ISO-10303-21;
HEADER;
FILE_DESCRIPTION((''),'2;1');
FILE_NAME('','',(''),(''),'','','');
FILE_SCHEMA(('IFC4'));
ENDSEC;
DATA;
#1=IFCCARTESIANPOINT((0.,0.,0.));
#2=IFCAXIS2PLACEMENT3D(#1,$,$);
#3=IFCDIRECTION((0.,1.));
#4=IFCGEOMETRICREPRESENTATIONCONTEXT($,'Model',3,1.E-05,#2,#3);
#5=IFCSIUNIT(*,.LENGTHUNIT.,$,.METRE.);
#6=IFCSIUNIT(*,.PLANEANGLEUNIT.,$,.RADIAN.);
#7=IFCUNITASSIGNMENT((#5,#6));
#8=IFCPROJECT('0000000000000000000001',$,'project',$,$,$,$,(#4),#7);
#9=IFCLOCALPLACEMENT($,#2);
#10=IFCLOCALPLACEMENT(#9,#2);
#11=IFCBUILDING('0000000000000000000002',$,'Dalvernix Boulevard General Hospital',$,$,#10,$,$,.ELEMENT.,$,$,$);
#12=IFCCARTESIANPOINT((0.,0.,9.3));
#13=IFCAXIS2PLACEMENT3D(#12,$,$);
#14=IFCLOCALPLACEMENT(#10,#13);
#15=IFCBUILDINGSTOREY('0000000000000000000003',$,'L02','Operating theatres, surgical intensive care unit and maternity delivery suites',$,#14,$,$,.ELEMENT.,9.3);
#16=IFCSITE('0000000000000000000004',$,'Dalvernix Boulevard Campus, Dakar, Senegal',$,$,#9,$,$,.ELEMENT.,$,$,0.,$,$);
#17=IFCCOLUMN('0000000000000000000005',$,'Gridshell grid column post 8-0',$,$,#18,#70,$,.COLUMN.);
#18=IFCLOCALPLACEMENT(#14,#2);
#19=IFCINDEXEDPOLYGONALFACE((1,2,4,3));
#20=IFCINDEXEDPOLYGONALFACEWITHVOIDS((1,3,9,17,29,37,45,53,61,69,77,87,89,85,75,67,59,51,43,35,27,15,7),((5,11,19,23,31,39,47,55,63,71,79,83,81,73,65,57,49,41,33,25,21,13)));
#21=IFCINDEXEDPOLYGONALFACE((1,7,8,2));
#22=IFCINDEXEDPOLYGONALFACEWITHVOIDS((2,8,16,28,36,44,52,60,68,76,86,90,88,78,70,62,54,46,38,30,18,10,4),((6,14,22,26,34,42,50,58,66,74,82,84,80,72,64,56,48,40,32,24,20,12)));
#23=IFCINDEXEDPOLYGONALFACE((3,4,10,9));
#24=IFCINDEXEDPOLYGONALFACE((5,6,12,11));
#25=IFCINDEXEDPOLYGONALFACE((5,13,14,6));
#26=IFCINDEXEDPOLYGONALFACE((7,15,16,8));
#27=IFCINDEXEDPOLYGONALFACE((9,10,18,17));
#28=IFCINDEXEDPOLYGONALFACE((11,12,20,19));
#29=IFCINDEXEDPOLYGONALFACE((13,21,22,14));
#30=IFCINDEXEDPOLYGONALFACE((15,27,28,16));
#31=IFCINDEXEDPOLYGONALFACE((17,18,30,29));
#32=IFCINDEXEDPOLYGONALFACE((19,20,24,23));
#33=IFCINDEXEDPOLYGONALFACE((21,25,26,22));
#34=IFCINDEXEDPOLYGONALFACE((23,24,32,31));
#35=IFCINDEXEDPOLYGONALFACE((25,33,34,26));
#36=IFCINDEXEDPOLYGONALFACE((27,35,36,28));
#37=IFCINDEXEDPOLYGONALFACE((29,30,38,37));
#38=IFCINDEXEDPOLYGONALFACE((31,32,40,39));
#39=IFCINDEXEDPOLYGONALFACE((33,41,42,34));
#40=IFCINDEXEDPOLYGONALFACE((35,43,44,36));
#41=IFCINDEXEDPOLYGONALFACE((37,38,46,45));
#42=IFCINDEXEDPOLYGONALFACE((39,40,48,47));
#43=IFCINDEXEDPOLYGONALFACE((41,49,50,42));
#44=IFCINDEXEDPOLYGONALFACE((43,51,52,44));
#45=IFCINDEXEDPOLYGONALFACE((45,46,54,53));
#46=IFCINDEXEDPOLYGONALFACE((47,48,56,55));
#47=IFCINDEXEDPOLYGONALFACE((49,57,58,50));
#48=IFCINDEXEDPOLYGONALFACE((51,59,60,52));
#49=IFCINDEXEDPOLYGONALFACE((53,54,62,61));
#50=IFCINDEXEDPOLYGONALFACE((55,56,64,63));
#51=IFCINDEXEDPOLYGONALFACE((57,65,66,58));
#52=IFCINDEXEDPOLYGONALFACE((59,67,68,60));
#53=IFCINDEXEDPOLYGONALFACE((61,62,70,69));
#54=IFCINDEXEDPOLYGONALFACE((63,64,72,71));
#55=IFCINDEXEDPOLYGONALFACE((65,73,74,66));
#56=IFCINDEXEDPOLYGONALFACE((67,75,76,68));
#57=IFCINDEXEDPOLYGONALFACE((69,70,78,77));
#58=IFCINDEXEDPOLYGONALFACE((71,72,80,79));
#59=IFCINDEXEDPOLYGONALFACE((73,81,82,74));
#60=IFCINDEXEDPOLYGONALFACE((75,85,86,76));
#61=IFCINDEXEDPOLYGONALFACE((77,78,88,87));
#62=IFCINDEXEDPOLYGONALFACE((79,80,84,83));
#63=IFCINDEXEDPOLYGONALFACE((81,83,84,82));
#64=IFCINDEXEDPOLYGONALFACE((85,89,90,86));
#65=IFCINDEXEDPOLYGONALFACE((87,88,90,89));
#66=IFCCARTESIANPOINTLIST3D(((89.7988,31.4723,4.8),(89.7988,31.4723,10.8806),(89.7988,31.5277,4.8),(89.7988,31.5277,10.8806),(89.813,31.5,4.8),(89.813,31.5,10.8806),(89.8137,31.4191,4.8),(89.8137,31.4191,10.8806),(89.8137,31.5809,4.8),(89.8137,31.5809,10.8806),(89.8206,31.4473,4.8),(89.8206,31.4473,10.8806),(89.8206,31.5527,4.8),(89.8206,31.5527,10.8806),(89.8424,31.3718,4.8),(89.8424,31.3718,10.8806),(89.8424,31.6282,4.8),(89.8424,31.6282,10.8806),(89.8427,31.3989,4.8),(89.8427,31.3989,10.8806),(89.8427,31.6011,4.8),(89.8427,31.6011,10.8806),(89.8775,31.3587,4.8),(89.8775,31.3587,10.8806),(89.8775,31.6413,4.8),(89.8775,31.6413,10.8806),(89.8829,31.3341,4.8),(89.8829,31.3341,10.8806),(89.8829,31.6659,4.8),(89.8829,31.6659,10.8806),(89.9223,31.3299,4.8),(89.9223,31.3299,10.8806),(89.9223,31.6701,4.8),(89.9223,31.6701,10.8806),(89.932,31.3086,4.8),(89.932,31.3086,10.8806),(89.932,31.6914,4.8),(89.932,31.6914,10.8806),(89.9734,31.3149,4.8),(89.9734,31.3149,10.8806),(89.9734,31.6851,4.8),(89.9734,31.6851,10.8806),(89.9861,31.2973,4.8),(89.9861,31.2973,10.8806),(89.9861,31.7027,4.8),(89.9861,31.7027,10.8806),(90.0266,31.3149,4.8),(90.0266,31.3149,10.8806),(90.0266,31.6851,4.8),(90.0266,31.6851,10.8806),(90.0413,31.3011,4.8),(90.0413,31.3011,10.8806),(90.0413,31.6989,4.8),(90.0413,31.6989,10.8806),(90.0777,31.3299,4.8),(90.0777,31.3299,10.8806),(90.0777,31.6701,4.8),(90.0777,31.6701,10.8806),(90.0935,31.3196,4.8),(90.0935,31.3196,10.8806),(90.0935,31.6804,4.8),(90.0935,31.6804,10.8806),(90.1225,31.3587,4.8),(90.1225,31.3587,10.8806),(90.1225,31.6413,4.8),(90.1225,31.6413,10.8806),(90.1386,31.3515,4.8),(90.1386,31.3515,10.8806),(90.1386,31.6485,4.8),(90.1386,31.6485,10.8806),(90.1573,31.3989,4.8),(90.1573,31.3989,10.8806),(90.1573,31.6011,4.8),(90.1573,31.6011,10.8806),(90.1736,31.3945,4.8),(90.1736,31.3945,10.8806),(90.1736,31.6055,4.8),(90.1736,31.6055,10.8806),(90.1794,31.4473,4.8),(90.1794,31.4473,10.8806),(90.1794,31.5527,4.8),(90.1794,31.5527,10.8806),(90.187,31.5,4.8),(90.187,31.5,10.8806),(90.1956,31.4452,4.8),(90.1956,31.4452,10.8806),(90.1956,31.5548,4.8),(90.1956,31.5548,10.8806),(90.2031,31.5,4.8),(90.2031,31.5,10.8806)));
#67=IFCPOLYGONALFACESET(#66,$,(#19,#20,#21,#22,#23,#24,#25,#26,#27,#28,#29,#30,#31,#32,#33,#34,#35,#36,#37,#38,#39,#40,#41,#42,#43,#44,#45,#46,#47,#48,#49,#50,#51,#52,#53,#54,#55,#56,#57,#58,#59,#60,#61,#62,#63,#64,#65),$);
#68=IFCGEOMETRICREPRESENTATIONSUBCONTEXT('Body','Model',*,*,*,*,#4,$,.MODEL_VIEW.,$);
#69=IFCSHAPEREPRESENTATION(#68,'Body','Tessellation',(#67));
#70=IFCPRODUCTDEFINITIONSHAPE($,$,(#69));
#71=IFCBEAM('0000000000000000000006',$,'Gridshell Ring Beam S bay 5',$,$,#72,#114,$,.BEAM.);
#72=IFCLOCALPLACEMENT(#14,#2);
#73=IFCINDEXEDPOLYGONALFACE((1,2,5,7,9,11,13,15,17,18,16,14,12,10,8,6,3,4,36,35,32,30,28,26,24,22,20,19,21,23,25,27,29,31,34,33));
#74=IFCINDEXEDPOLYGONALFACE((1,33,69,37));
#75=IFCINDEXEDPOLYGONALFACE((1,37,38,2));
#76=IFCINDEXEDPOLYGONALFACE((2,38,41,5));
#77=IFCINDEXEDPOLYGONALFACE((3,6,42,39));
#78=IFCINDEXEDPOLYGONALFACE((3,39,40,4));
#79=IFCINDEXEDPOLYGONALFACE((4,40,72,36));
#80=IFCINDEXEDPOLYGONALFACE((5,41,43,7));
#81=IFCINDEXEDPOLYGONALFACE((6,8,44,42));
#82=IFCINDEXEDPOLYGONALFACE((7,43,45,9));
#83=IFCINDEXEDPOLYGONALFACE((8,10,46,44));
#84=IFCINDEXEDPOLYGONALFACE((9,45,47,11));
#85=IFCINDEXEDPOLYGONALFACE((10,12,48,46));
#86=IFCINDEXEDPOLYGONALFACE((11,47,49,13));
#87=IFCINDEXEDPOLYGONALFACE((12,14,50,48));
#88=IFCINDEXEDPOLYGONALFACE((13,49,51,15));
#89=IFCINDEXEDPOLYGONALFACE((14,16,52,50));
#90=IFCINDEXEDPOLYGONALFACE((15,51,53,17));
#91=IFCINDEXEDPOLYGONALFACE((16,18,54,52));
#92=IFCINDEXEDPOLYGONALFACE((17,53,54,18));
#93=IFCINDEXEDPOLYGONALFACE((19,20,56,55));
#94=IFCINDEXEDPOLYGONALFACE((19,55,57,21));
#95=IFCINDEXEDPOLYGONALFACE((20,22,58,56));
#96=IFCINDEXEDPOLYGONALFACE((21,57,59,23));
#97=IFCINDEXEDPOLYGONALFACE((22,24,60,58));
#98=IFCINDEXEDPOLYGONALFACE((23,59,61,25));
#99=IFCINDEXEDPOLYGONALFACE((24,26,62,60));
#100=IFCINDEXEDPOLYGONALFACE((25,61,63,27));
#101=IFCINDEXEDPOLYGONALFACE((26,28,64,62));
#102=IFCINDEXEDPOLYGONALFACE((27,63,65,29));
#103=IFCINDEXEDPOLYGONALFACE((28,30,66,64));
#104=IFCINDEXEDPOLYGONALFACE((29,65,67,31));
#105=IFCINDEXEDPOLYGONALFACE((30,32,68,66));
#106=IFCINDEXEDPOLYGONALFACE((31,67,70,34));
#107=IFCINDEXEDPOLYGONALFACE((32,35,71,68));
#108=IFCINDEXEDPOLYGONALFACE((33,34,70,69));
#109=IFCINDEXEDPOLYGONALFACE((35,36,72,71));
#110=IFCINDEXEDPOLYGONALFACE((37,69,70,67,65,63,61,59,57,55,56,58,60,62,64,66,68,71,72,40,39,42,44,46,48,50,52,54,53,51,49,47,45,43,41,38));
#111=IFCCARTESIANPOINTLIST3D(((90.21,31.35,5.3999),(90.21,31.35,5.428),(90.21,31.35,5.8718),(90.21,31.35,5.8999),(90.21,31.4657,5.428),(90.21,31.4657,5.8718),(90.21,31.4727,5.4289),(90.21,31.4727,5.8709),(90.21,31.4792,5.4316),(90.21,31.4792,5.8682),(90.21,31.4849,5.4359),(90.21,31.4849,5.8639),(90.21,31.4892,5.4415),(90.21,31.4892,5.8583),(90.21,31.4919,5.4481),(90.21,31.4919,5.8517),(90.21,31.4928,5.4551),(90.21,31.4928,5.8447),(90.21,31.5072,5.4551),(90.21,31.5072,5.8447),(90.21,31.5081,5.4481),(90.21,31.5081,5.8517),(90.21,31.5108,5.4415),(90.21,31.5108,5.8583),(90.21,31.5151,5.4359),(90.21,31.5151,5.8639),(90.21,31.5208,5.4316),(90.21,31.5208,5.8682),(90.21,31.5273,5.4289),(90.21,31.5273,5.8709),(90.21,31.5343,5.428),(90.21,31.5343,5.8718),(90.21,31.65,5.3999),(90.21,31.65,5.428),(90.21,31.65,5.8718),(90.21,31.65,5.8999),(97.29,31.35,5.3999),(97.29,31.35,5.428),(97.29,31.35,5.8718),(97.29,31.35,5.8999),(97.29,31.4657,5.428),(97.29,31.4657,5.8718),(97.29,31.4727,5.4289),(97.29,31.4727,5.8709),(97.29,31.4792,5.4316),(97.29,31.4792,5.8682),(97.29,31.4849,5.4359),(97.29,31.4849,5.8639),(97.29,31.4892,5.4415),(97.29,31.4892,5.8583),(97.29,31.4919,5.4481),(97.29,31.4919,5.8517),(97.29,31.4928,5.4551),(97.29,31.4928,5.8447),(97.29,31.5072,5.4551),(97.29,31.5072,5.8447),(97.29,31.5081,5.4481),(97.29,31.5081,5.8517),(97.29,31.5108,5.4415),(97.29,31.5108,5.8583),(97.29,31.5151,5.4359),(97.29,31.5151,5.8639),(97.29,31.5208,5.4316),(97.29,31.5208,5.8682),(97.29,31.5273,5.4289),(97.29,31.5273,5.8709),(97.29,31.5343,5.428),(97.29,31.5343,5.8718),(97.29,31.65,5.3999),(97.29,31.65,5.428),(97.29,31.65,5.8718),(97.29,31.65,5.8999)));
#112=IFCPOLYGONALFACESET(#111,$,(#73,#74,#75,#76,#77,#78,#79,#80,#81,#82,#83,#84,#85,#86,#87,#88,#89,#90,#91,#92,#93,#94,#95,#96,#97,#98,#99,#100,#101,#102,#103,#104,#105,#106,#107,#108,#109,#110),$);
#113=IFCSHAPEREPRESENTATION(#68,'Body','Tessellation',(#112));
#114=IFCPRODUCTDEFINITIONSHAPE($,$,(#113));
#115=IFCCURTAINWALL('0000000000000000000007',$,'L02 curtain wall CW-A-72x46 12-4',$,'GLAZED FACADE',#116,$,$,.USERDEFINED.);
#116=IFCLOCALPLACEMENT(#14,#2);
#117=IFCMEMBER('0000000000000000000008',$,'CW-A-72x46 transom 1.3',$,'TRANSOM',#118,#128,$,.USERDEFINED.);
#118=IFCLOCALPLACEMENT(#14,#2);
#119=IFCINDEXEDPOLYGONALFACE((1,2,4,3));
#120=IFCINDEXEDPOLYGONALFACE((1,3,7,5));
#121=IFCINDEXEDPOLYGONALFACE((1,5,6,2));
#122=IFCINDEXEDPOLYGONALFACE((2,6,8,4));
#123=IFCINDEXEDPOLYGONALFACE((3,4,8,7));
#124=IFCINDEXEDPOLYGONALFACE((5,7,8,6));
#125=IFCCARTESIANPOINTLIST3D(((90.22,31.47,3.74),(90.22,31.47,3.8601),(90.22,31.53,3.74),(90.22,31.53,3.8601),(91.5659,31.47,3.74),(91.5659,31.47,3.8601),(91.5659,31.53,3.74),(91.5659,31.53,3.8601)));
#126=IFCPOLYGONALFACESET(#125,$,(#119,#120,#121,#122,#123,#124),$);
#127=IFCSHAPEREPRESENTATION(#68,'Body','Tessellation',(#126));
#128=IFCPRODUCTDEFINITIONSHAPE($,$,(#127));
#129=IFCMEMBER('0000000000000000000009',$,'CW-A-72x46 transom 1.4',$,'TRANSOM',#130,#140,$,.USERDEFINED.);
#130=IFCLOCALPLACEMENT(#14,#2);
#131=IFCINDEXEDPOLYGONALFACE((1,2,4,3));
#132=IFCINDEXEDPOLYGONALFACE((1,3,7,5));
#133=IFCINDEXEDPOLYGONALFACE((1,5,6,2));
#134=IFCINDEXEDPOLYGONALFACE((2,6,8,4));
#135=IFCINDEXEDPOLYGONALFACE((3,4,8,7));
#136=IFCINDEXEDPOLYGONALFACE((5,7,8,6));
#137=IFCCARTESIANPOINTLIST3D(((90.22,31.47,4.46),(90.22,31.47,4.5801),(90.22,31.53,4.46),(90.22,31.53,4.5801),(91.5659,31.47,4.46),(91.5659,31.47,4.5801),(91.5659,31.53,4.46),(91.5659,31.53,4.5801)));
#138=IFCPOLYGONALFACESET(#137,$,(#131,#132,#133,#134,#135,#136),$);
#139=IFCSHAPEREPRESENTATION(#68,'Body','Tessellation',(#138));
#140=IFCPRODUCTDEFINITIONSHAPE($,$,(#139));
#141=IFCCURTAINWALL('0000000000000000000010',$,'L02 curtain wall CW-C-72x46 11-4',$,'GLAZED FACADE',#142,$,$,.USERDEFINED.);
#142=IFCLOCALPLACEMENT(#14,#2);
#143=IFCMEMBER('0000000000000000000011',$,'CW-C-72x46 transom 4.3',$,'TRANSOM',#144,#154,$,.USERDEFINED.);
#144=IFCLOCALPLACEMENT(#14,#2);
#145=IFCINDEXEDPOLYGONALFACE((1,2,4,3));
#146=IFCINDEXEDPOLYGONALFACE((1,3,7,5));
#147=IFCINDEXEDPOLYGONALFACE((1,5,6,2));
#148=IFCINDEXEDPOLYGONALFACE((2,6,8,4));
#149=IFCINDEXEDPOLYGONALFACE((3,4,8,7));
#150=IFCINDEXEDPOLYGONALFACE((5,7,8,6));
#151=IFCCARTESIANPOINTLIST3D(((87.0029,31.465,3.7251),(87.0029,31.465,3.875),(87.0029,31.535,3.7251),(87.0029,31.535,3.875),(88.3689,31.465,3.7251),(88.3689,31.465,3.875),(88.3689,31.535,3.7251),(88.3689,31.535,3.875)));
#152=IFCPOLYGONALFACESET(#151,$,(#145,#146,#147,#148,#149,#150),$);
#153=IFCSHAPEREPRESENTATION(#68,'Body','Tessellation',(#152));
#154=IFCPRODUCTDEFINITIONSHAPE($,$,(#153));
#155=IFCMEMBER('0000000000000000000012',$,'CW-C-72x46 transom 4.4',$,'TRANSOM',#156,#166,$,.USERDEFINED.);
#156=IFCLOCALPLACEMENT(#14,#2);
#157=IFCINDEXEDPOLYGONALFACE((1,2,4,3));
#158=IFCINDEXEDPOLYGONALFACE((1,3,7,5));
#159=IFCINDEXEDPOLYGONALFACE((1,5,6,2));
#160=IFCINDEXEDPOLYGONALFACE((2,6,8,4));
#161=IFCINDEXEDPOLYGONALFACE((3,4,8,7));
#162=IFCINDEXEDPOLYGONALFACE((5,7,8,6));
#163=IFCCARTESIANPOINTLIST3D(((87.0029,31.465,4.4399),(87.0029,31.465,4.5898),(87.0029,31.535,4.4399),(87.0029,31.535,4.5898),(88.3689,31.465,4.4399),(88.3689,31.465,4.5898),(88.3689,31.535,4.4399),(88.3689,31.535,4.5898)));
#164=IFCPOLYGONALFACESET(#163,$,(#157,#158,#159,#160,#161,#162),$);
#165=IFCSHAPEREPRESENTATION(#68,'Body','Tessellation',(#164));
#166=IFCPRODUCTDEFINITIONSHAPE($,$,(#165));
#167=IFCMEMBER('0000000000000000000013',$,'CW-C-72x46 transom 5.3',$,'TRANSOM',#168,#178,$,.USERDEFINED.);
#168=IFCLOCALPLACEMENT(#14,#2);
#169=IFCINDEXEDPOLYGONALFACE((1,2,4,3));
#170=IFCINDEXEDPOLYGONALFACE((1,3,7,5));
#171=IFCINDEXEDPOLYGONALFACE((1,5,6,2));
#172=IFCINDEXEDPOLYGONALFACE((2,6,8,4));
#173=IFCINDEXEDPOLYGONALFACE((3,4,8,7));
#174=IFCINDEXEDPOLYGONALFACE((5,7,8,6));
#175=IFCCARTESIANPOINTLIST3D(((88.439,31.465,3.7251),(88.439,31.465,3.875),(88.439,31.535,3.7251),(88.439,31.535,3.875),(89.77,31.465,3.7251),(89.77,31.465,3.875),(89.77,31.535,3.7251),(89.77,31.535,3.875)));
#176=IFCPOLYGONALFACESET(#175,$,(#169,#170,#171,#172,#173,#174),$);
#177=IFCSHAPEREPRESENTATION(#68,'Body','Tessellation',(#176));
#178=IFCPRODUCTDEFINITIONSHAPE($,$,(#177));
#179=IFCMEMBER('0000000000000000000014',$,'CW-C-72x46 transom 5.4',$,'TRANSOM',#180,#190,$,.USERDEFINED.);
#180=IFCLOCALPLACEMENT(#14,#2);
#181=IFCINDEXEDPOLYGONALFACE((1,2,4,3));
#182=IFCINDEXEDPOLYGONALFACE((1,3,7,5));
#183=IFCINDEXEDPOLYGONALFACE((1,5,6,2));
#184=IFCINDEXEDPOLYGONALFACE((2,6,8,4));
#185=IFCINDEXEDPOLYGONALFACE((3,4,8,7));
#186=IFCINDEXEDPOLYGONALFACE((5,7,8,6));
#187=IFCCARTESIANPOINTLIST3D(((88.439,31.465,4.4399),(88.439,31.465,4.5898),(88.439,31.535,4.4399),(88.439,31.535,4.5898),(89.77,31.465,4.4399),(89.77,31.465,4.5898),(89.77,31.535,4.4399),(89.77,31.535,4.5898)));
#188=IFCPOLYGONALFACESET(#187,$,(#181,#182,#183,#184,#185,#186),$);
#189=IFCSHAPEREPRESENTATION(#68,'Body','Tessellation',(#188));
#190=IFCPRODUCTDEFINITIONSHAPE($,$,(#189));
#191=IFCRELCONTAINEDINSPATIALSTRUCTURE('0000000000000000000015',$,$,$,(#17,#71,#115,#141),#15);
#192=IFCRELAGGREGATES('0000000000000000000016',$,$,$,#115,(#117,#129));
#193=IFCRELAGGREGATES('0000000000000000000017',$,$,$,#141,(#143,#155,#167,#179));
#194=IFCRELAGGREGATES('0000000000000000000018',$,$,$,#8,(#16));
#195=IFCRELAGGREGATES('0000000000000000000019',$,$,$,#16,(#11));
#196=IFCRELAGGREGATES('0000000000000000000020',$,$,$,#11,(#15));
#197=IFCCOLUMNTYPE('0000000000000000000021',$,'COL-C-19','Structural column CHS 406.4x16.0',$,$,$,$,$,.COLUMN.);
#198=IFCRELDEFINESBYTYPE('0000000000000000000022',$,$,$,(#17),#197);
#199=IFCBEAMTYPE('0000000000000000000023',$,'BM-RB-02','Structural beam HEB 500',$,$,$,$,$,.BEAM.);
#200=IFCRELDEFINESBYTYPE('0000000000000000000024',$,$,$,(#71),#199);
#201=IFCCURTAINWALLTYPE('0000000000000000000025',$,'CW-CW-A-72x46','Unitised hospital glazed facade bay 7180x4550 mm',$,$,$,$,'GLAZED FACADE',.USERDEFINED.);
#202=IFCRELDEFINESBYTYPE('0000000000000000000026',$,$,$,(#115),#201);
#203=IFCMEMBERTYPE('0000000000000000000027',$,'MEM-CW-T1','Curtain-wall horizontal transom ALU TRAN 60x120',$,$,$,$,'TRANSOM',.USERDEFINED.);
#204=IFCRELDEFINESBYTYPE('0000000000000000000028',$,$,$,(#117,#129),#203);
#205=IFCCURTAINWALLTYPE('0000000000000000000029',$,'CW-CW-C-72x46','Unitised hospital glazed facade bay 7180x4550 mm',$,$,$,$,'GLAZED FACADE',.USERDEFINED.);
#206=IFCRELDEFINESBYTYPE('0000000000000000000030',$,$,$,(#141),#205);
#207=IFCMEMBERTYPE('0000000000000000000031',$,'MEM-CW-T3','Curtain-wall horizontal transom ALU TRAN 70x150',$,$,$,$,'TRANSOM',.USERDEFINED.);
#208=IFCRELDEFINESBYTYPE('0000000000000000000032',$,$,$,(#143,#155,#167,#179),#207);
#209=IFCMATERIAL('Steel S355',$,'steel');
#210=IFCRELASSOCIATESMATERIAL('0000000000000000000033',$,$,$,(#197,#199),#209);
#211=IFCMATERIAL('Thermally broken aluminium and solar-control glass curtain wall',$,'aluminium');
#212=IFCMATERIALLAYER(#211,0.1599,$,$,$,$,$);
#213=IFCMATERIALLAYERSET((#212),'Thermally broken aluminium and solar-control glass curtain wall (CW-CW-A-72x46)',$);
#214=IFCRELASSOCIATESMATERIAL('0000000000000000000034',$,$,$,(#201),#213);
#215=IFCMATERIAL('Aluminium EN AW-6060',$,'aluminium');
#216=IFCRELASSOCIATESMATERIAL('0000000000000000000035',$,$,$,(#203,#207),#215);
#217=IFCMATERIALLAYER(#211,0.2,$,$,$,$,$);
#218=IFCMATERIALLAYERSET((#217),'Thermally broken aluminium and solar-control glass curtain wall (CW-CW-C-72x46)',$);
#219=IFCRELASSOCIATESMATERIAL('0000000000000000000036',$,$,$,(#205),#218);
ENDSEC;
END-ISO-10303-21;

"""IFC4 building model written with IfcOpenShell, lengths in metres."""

from ifc_helpers import new_model, si_unit, direction, frame, origin, origin_2d, place, context, subcontext, project, spatial, rectangle, hollow_circle, i_section, extrude, material, layer, layer_set, material_profile, profile_set, type_object, element, aggregate, save


model = new_model("IFC4")

# Units and contexts
model_context = context("Model", 3, precision=1e-05, world=origin(), true_north=direction((0.0, 1.0)))
body_context = subcontext(model_context, "Body", "Model", "MODEL_VIEW")
ifc_project = project(units=[si_unit("LENGTHUNIT", "METRE"), si_unit("PLANEANGLEUNIT", "RADIAN")], contexts=[model_context])

# Site, building, storey
site_placement = place(None, origin())
site = spatial("IfcSite", under=ifc_project, at=site_placement, Name="Dalvernix Boulevard Campus, Dakar, Senegal", CompositionType="ELEMENT", RefElevation=0.0)
building_placement = place(site_placement, origin())
building = spatial("IfcBuilding", under=site, at=building_placement, Name="Dalvernix Boulevard General Hospital", CompositionType="ELEMENT")
storey_placement = place(building_placement, frame((0.0, 0.0, 9.3)))
storey = spatial("IfcBuildingStorey", under=building, at=storey_placement, Name="L02", Description="Operating theatres, surgical intensive care unit and maternity delivery suites", CompositionType="ELEMENT", Elevation=9.3)

# Column
ifc_material_1 = material(Name="Steel S355", Category="steel")
ifc_material_profile_1 = material_profile(ifc_material_1, hollow_circle(Radius=0.2031, WallThickness=0.0161, at=origin_2d()), Name="CHS 406.4x16.0")
ifc_profile_set_1 = profile_set([ifc_material_profile_1], Name="Steel S355")
column_type = type_object("IfcColumnType", Name="COL-C-19", Description="Structural column CHS 406.4x16.0", PredefinedType="COLUMN", material=ifc_profile_set_1)
column_placement = place(storey_placement, frame((90.0, 31.5, 4.8), z_axis=(0.0, 0.0, 1.0), x_axis=(1.0, 0.0, 0.0)))
element("IfcColumn", 1, at=column_placement, inside=storey, type_object=column_type, Name="Gridshell grid column post 8-0", PredefinedType="COLUMN", context=body_context, shape_type="SweptSolid", body=[
    extrude(hollow_circle(Radius=0.2031, WallThickness=0.0161, at=origin_2d()), origin(), (0.0, 0.0, 1.0), 6.0806),
])

# Beam
ifc_material_profile_2 = material_profile(ifc_material_1, i_section(OverallWidth=0.3, OverallDepth=0.5, WebThickness=0.0144, FlangeThickness=0.0281, FilletRadius=0.0271, at=origin_2d()), Name="HEB 500")
ifc_profile_set_2 = profile_set([ifc_material_profile_2], Name="Steel S355")
beam_type = type_object("IfcBeamType", Name="BM-RB-02", Description="Structural beam HEB 500", PredefinedType="BEAM", material=ifc_profile_set_2)
beam_placement = place(storey_placement, frame((90.21, 31.5, 5.6499), z_axis=(1.0, 0.0, 0.0), x_axis=(0.0, 1.0, 0.0)))
element("IfcBeam", 2, at=beam_placement, inside=storey, type_object=beam_type, Name="Gridshell Ring Beam S bay 5", PredefinedType="BEAM", context=body_context, shape_type="SweptSolid", body=[
    extrude(i_section(OverallWidth=0.3, OverallDepth=0.5, WebThickness=0.0144, FlangeThickness=0.0281, FilletRadius=0.0271, at=origin_2d()), origin(), (0.0, 0.0, 1.0), 7.0801),
])

# Curtain walls, members
ifc_material_2 = material(Name="Thermally broken aluminium and solar-control glass curtain wall", Category="aluminium")
ifc_layer_1 = layer(ifc_material_2, 0.1599)
ifc_layer_set_1 = layer_set([ifc_layer_1], Name="Thermally broken aluminium and solar-control glass curtain wall (CW-CW-A-72x46)")
curtain_wall_type_1 = type_object("IfcCurtainWallType", Name="CW-CW-A-72x46", Description="Unitised hospital glazed facade bay 7180x4550 mm", ElementType="GLAZED FACADE", PredefinedType="USERDEFINED", material=ifc_layer_set_1)
curtain_wall_1_placement = place(storey_placement, origin())
curtain_wall_1 = element("IfcCurtainWall", 3, at=curtain_wall_1_placement, inside=storey, type_object=curtain_wall_type_1, Name="L02 curtain wall CW-A-72x46 12-4", ObjectType="GLAZED FACADE", PredefinedType="USERDEFINED")
ifc_material_3 = material(Name="Aluminium EN AW-6060", Category="aluminium")
ifc_material_profile_3 = material_profile(ifc_material_3, rectangle(XDim=0.0601, YDim=0.1201, at=origin_2d()), Name="ALU TRAN 60x120")
ifc_profile_set_3 = profile_set([ifc_material_profile_3], Name="Aluminium EN AW-6060")
member_type_1 = type_object("IfcMemberType", Name="MEM-CW-T1", Description="Curtain-wall horizontal transom ALU TRAN 60x120", ElementType="TRANSOM", PredefinedType="USERDEFINED", material=ifc_profile_set_3)
member_1_placement = place(storey_placement, frame((90.22, 31.5, 3.8), z_axis=(1.0, 0.0, 0.0), x_axis=(0.0, 1.0, 0.0)))
member_1 = element("IfcMember", 4, at=member_1_placement, type_object=member_type_1, Name="CW-A-72x46 transom 1.3", ObjectType="TRANSOM", PredefinedType="USERDEFINED", context=body_context, shape_type="SweptSolid", body=[
    extrude(rectangle(XDim=0.0601, YDim=0.1201, at=origin_2d()), origin(), (0.0, 0.0, 1.0), 1.3459),
])
member_2_placement = place(storey_placement, frame((90.22, 31.5, 4.52), z_axis=(1.0, 0.0, 0.0), x_axis=(0.0, 1.0, 0.0)))
member_2 = element("IfcMember", 5, at=member_2_placement, type_object=member_type_1, Name="CW-A-72x46 transom 1.4", ObjectType="TRANSOM", PredefinedType="USERDEFINED", context=body_context, shape_type="SweptSolid", body=[
    extrude(rectangle(XDim=0.0601, YDim=0.1201, at=origin_2d()), origin(), (0.0, 0.0, 1.0), 1.3459),
])
ifc_layer_2 = layer(ifc_material_2, 0.2)
ifc_layer_set_2 = layer_set([ifc_layer_2], Name="Thermally broken aluminium and solar-control glass curtain wall (CW-CW-C-72x46)")
curtain_wall_type_2 = type_object("IfcCurtainWallType", Name="CW-CW-C-72x46", Description="Unitised hospital glazed facade bay 7180x4550 mm", ElementType="GLAZED FACADE", PredefinedType="USERDEFINED", material=ifc_layer_set_2)
curtain_wall_2_placement = place(storey_placement, origin())
curtain_wall_2 = element("IfcCurtainWall", 6, at=curtain_wall_2_placement, inside=storey, type_object=curtain_wall_type_2, Name="L02 curtain wall CW-C-72x46 11-4", ObjectType="GLAZED FACADE", PredefinedType="USERDEFINED")
ifc_material_profile_4 = material_profile(ifc_material_3, rectangle(XDim=0.0701, YDim=0.1499, at=origin_2d()), Name="ALU TRAN 70x150")
ifc_profile_set_4 = profile_set([ifc_material_profile_4], Name="Aluminium EN AW-6060")
member_type_2 = type_object("IfcMemberType", Name="MEM-CW-T3", Description="Curtain-wall horizontal transom ALU TRAN 70x150", ElementType="TRANSOM", PredefinedType="USERDEFINED", material=ifc_profile_set_4)
member_3_placement = place(storey_placement, frame((87.0029, 31.5, 3.8), z_axis=(1.0, 0.0, 0.0), x_axis=(0.0, 1.0, 0.0)))
member_3 = element("IfcMember", 7, at=member_3_placement, type_object=member_type_2, Name="CW-C-72x46 transom 4.3", ObjectType="TRANSOM", PredefinedType="USERDEFINED", context=body_context, shape_type="SweptSolid", body=[
    extrude(rectangle(XDim=0.0701, YDim=0.1499, at=origin_2d()), origin(), (0.0, 0.0, 1.0), 1.366),
])
member_4_placement = place(storey_placement, frame((87.0029, 31.5, 4.5149), z_axis=(1.0, 0.0, 0.0), x_axis=(0.0, 1.0, 0.0)))
member_4 = element("IfcMember", 8, at=member_4_placement, type_object=member_type_2, Name="CW-C-72x46 transom 4.4", ObjectType="TRANSOM", PredefinedType="USERDEFINED", context=body_context, shape_type="SweptSolid", body=[
    extrude(rectangle(XDim=0.0701, YDim=0.1499, at=origin_2d()), origin(), (0.0, 0.0, 1.0), 1.366),
])
member_5_placement = place(storey_placement, frame((88.439, 31.5, 3.8), z_axis=(1.0, 0.0, 0.0), x_axis=(0.0, 1.0, 0.0)))
member_5 = element("IfcMember", 9, at=member_5_placement, type_object=member_type_2, Name="CW-C-72x46 transom 5.3", ObjectType="TRANSOM", PredefinedType="USERDEFINED", context=body_context, shape_type="SweptSolid", body=[
    extrude(rectangle(XDim=0.0701, YDim=0.1499, at=origin_2d()), origin(), (0.0, 0.0, 1.0), 1.3311),
])
member_6_placement = place(storey_placement, frame((88.439, 31.5, 4.5149), z_axis=(1.0, 0.0, 0.0), x_axis=(0.0, 1.0, 0.0)))
member_6 = element("IfcMember", 10, at=member_6_placement, type_object=member_type_2, Name="CW-C-72x46 transom 5.4", ObjectType="TRANSOM", PredefinedType="USERDEFINED", context=body_context, shape_type="SweptSolid", body=[
    extrude(rectangle(XDim=0.0701, YDim=0.1499, at=origin_2d()), origin(), (0.0, 0.0, 1.0), 1.3311),
])

aggregate(curtain_wall_1, [member_1, member_2])
aggregate(curtain_wall_2, [member_3, member_4, member_5, member_6])

save(model, "model.ifc")
